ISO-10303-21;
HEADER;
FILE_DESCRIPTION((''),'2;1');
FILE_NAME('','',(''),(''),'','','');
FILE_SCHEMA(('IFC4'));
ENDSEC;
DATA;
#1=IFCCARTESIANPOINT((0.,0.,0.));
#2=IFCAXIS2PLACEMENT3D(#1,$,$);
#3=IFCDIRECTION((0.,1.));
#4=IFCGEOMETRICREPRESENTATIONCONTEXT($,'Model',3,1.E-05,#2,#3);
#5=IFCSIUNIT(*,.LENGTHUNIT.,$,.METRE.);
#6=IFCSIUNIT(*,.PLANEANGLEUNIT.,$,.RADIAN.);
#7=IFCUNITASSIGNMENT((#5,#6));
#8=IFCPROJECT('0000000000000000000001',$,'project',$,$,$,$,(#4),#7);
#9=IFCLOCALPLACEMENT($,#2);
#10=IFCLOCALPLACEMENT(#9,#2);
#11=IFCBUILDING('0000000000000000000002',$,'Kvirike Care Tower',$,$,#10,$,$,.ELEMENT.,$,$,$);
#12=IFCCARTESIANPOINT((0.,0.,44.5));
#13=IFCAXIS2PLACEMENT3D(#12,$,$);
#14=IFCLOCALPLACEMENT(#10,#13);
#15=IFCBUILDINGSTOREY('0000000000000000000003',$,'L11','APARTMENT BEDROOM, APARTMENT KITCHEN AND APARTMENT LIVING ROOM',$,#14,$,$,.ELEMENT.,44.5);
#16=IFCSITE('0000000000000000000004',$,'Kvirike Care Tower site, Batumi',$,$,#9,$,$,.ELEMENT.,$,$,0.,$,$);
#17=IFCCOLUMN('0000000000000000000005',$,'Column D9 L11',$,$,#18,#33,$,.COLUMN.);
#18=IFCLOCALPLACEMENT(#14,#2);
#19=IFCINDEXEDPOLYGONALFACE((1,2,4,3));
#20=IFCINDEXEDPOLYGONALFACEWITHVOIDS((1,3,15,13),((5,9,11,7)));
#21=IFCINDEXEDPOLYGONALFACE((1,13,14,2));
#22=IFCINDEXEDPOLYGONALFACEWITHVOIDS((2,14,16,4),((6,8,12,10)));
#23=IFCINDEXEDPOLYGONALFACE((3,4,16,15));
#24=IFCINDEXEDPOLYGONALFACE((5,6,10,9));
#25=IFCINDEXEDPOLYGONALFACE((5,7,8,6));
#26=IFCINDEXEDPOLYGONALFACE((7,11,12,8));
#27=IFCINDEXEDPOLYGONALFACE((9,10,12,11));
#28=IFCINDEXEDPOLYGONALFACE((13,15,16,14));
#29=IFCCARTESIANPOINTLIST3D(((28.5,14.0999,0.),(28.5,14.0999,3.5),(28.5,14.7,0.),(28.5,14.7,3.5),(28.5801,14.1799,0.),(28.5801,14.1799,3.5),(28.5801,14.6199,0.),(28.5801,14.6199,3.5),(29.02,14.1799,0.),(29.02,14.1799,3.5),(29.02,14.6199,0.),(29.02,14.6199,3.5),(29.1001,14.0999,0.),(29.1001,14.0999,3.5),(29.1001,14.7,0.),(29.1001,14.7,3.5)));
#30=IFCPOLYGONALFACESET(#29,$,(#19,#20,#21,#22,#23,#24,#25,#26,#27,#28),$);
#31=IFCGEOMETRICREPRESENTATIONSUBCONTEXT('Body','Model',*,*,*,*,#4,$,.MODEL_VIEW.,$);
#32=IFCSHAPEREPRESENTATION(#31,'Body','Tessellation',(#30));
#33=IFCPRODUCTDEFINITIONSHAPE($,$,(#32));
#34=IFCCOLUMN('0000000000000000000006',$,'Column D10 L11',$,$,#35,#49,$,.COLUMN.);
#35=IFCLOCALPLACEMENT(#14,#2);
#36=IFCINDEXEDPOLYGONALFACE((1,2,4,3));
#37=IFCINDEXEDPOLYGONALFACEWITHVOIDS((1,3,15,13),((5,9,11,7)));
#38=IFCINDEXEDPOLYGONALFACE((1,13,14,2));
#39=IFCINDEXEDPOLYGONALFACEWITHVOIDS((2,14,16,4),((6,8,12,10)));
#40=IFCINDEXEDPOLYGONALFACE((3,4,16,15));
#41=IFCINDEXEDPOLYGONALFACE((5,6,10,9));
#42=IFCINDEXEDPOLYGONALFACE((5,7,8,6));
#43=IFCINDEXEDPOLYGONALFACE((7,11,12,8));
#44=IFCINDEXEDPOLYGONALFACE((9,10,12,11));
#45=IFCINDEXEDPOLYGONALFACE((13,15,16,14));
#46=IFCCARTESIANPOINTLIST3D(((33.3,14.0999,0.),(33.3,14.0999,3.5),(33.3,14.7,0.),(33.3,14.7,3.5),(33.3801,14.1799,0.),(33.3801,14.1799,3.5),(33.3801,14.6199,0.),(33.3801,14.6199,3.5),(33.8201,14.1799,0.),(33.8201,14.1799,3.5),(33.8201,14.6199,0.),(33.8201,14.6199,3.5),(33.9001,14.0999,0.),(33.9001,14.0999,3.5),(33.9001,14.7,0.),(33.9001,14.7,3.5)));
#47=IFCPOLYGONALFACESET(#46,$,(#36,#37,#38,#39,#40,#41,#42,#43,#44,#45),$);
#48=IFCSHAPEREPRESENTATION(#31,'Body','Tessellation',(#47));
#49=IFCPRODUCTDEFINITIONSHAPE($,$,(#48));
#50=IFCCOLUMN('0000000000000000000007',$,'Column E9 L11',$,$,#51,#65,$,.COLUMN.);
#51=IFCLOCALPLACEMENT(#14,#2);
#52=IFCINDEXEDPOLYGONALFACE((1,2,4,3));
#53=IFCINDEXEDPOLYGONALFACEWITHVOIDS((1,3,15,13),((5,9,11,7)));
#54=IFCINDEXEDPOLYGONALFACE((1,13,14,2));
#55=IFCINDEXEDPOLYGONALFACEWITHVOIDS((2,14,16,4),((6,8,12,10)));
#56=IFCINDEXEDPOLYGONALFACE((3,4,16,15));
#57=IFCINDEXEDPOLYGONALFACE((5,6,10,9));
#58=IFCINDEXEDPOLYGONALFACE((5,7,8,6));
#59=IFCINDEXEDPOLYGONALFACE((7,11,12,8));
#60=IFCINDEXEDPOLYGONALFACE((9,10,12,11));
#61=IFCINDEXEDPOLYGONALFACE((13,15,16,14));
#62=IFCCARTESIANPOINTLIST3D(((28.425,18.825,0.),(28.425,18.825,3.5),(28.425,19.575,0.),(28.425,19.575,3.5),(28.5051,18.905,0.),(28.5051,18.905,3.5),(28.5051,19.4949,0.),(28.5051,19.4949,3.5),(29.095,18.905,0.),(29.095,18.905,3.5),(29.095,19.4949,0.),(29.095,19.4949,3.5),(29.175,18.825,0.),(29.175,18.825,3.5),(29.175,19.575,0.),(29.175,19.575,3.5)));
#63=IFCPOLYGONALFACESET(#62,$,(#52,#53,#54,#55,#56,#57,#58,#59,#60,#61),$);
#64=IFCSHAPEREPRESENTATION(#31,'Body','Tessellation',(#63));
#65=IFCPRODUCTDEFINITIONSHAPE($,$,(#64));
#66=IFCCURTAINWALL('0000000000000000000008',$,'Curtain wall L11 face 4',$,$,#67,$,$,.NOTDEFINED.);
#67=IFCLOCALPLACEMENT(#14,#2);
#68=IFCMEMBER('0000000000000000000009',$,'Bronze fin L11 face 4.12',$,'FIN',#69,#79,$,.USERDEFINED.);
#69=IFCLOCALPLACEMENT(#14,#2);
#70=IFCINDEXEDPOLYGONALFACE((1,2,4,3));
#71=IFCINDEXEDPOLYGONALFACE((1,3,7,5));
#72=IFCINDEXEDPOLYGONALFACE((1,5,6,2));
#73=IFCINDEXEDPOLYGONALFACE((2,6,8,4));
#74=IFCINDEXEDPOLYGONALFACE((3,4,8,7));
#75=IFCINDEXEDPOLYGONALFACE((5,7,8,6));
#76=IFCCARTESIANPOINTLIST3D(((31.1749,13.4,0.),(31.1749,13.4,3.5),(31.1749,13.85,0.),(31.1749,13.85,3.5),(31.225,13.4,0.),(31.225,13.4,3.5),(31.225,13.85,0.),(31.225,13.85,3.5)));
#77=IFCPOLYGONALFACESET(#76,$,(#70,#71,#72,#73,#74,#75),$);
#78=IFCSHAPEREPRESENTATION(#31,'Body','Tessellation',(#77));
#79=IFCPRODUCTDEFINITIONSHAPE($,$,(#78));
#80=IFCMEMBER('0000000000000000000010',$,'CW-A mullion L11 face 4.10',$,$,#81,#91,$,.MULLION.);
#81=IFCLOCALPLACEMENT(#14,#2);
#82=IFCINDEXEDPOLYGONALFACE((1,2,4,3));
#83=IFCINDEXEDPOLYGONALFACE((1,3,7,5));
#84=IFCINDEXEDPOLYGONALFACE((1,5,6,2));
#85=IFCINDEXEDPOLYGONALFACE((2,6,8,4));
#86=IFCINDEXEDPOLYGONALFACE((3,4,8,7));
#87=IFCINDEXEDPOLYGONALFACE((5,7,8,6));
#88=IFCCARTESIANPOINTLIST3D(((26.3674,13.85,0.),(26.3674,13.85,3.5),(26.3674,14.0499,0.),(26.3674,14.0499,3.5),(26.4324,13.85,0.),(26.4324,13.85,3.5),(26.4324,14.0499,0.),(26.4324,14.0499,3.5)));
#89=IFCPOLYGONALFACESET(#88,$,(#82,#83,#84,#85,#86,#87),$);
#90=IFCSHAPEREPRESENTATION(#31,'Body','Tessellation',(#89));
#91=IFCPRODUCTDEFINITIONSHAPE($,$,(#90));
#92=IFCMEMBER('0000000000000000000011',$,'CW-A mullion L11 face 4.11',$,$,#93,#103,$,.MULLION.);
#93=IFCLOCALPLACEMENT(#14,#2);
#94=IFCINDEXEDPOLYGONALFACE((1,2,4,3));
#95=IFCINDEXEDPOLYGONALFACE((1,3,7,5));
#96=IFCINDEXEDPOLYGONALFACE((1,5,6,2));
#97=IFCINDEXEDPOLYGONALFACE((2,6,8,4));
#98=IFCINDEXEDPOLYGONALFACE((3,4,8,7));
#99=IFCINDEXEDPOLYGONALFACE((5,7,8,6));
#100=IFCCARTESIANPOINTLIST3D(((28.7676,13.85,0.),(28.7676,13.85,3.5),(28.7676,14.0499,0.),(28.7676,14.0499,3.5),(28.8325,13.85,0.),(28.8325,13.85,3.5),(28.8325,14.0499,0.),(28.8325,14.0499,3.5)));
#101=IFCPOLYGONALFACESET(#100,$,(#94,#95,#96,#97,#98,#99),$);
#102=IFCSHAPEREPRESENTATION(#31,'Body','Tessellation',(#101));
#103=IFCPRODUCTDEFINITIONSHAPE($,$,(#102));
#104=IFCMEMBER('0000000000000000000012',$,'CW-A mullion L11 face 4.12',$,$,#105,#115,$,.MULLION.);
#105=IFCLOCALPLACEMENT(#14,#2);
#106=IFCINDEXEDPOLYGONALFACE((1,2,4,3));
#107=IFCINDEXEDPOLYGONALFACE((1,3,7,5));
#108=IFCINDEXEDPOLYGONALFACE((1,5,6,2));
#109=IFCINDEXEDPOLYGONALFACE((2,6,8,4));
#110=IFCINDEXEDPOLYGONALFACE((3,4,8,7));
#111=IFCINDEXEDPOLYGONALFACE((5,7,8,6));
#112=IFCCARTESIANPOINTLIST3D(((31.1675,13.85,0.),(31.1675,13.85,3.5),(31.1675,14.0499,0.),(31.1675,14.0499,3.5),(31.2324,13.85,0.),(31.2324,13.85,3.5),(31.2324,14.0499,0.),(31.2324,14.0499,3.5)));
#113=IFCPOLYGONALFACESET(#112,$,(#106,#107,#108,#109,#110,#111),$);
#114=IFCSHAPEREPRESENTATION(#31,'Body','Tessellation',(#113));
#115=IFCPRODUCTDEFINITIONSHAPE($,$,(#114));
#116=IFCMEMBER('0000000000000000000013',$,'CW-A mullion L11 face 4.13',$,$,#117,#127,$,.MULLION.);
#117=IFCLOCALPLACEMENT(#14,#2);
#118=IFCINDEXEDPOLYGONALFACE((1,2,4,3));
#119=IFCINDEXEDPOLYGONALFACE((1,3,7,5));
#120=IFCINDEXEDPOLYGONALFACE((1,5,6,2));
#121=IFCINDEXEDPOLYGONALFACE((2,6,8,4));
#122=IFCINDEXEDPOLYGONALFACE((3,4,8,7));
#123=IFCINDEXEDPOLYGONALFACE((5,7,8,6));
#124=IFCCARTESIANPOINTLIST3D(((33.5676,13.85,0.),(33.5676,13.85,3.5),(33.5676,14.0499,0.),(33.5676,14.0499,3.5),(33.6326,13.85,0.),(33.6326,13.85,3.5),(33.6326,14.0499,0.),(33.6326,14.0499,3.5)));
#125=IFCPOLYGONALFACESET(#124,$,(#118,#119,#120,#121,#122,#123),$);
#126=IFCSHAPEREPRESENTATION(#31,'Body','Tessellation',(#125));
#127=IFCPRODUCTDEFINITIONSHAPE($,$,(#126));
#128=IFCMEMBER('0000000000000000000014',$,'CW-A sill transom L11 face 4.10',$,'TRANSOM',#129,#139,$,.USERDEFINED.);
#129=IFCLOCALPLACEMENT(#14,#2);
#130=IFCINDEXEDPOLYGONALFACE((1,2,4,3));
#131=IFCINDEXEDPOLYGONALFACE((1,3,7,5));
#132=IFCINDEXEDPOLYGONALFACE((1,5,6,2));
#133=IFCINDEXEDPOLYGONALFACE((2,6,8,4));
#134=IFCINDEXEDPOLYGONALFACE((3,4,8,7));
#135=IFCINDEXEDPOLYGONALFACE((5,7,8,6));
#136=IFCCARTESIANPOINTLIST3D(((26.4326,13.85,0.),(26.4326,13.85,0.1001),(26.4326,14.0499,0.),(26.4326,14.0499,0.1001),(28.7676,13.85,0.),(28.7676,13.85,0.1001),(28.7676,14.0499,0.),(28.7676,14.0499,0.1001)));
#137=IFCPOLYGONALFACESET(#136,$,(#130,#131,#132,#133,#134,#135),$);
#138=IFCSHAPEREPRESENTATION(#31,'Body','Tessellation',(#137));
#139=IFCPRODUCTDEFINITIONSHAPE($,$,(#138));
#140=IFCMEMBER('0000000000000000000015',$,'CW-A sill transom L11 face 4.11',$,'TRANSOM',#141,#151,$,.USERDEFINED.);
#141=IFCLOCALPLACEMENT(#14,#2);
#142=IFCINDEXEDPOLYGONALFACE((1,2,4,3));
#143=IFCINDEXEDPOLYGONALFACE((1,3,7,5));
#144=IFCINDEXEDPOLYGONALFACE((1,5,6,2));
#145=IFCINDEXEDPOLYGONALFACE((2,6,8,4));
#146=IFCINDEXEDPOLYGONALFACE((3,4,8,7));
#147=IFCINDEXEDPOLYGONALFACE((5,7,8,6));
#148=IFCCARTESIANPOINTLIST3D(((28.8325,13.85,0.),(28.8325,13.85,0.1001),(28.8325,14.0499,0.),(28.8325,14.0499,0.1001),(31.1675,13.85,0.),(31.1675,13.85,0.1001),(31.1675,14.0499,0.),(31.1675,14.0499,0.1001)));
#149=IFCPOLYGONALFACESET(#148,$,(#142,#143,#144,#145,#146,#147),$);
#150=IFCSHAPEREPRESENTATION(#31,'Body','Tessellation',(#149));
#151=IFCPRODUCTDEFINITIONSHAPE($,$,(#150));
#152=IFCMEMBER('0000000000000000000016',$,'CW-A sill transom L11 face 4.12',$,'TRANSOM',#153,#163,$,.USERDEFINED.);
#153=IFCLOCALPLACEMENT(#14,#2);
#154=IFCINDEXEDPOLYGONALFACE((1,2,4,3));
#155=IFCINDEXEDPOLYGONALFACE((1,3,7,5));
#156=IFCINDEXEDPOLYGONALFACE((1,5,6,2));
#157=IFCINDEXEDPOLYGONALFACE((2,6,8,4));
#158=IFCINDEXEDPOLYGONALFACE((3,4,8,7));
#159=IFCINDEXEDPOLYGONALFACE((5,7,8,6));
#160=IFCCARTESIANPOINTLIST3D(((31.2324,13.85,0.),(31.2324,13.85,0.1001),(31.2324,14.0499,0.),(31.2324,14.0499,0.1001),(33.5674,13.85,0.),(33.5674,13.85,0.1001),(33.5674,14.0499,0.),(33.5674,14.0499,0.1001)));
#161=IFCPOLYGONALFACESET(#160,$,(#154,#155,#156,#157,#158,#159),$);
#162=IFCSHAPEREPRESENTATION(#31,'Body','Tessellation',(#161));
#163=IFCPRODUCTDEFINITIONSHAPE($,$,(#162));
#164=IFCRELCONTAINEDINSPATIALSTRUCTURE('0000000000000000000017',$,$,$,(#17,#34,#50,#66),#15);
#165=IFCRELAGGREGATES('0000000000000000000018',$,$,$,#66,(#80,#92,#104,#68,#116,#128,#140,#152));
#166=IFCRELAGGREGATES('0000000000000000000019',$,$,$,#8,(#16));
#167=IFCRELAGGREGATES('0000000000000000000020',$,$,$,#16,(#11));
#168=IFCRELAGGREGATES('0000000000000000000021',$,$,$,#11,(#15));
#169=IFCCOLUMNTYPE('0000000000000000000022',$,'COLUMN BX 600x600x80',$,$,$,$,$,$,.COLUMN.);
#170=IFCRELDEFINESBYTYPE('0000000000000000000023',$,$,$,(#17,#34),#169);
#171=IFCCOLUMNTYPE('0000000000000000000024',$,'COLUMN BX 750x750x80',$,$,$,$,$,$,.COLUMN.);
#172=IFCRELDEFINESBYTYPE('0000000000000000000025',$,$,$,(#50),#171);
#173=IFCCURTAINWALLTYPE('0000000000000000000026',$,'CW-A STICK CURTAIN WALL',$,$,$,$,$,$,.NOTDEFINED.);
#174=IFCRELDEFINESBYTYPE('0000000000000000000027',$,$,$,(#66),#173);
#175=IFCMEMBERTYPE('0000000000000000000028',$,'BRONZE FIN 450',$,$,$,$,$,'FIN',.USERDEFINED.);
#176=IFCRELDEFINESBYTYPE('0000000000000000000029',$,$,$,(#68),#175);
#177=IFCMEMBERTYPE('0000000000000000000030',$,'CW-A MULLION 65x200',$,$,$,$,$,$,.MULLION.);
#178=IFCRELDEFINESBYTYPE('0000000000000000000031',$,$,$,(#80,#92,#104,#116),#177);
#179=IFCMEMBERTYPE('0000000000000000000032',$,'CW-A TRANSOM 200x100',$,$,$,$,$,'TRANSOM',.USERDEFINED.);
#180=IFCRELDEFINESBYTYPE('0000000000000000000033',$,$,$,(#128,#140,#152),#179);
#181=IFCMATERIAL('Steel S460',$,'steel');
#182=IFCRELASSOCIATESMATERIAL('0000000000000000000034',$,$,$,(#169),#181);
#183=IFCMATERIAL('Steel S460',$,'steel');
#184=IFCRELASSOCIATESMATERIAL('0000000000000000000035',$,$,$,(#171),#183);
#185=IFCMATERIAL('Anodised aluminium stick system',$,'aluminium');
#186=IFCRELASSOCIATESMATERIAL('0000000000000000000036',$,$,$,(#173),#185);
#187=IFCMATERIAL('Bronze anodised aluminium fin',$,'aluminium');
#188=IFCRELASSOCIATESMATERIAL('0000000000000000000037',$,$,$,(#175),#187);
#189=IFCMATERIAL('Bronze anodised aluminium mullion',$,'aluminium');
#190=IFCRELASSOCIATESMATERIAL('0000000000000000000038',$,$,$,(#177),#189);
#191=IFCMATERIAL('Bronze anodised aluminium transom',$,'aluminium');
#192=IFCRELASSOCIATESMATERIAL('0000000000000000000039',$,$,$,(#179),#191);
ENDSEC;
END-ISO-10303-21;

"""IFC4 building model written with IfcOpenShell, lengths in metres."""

from ifc_helpers import new_model, si_unit, direction, frame, origin, origin_2d, place, context, subcontext, project, spatial, rectangle, hollow_rectangle, extrude, material, material_profile, profile_set, type_object, element, aggregate, save


model = new_model("IFC4")

# Units and contexts
model_context = context("Model", 3, precision=1e-05, world=origin(), true_north=direction((0.0, 1.0)))
body_context = subcontext(model_context, "Body", "Model", "MODEL_VIEW")
ifc_project = project(units=[si_unit("LENGTHUNIT", "METRE"), si_unit("PLANEANGLEUNIT", "RADIAN")], contexts=[model_context])

# Site, building, storey
site_placement = place(None, origin())
site = spatial("IfcSite", under=ifc_project, at=site_placement, Name="Kvirike Care Tower site, Batumi", CompositionType="ELEMENT", RefElevation=0.0)
building_placement = place(site_placement, origin())
building = spatial("IfcBuilding", under=site, at=building_placement, Name="Kvirike Care Tower", CompositionType="ELEMENT")
storey_placement = place(building_placement, frame((0.0, 0.0, 44.5)))
storey = spatial("IfcBuildingStorey", under=building, at=storey_placement, Name="L11", Description="APARTMENT BEDROOM, APARTMENT KITCHEN AND APARTMENT LIVING ROOM", CompositionType="ELEMENT", Elevation=44.5)

# Columns
ifc_material_1 = material(Name="Steel S460", Category="steel")
ifc_material_profile_1 = material_profile(ifc_material_1, hollow_rectangle(XDim=0.6001, YDim=0.6001, WallThickness=0.0801, at=origin_2d()), Name="BX 600x600x80")
ifc_profile_set_1 = profile_set([ifc_material_profile_1], Name="Steel S460")
column_type_1 = type_object("IfcColumnType", Name="COLUMN BX 600x600x80", PredefinedType="COLUMN", material=ifc_profile_set_1)
for number, where, z_axis, x_axis, name in (
    (1, (28.8, 14.3999, 0.0), (0.0, 0.0, 1.0), (0.0, 1.0, 0.0), "Column D9 L11"),
    (2, (33.6001, 14.3999, 0.0), (0.0, 0.0, 1.0), (0.0, 1.0, 0.0), "Column D10 L11"),
):
    element("IfcColumn", number, at=place(storey_placement, frame(where, z_axis=z_axis, x_axis=x_axis)), inside=storey, type_object=column_type_1, Name=name, PredefinedType="COLUMN", context=body_context, shape_type="SweptSolid", body=[
        extrude(hollow_rectangle(XDim=0.6001, YDim=0.6001, WallThickness=0.0801, at=origin_2d()), origin(), (0.0, 0.0, 1.0), 3.5),
    ])
ifc_material_2 = material(Name="Steel S460", Category="steel")
ifc_material_profile_2 = material_profile(ifc_material_2, hollow_rectangle(XDim=0.75, YDim=0.75, WallThickness=0.0801, at=origin_2d()), Name="BX 750x750x80")
ifc_profile_set_2 = profile_set([ifc_material_profile_2], Name="Steel S460")
column_type_2 = type_object("IfcColumnType", Name="COLUMN BX 750x750x80", PredefinedType="COLUMN", material=ifc_profile_set_2)
column_placement = place(storey_placement, frame((28.8, 19.2, 0.0), z_axis=(0.0, 0.0, 1.0), x_axis=(1.0, 0.0, 0.0)))
element("IfcColumn", 3, at=column_placement, inside=storey, type_object=column_type_2, Name="Column E9 L11", PredefinedType="COLUMN", context=body_context, shape_type="SweptSolid", body=[
    extrude(hollow_rectangle(XDim=0.75, YDim=0.75, WallThickness=0.0801, at=origin_2d()), origin(), (0.0, 0.0, 1.0), 3.5),
])

# Curtain wall, members
ifc_material_3 = material(Name="Anodised aluminium stick system", Category="aluminium")
curtain_wall_type = type_object("IfcCurtainWallType", Name="CW-A STICK CURTAIN WALL", PredefinedType="NOTDEFINED", material=ifc_material_3)
curtain_wall_placement = place(storey_placement, origin())
curtain_wall = element("IfcCurtainWall", 4, at=curtain_wall_placement, inside=storey, type_object=curtain_wall_type, Name="Curtain wall L11 face 4", PredefinedType="NOTDEFINED")
ifc_material_4 = material(Name="Bronze anodised aluminium fin", Category="aluminium")
ifc_material_profile_3 = material_profile(ifc_material_4, rectangle(XDim=0.05, YDim=0.45, at=origin_2d()), Name="BRONZE FIN 450")
ifc_profile_set_3 = profile_set([ifc_material_profile_3], Name="Bronze anodised aluminium fin")
member_type_1 = type_object("IfcMemberType", Name="BRONZE FIN 450", ElementType="FIN", PredefinedType="USERDEFINED", material=ifc_profile_set_3)
member_1_placement = place(storey_placement, frame((31.2, 13.625, 0.0), z_axis=(0.0, 0.0, 1.0), x_axis=(1.0, 0.0, 0.0)))
member_1 = element("IfcMember", 5, at=member_1_placement, type_object=member_type_1, Name="Bronze fin L11 face 4.12", ObjectType="FIN", PredefinedType="USERDEFINED", context=body_context, shape_type="SweptSolid", body=[
    extrude(rectangle(XDim=0.05, YDim=0.45, at=origin_2d()), origin(), (0.0, 0.0, 1.0), 3.5),
])
ifc_material_5 = material(Name="Bronze anodised aluminium mullion", Category="aluminium")
ifc_material_profile_4 = material_profile(ifc_material_5, rectangle(XDim=0.0649, YDim=0.2, at=origin_2d()), Name="CW-A MULLION 65x200")
ifc_profile_set_4 = profile_set([ifc_material_profile_4], Name="Bronze anodised aluminium mullion")
member_type_2 = type_object("IfcMemberType", Name="CW-A MULLION 65x200", PredefinedType="MULLION", material=ifc_profile_set_4)
member_2_placement = place(storey_placement, frame((26.3999, 13.95, 0.0), z_axis=(0.0, 0.0, 1.0), x_axis=(1.0, 0.0, 0.0)))
member_2 = element("IfcMember", 6, at=member_2_placement, type_object=member_type_2, Name="CW-A mullion L11 face 4.10", PredefinedType="MULLION", context=body_context, shape_type="SweptSolid", body=[
    extrude(rectangle(XDim=0.0649, YDim=0.2, at=origin_2d()), origin(), (0.0, 0.0, 1.0), 3.5),
])
member_3_placement = place(storey_placement, frame((28.8, 13.95, 0.0), z_axis=(0.0, 0.0, 1.0), x_axis=(1.0, 0.0, 0.0)))
member_3 = element("IfcMember", 7, at=member_3_placement, type_object=member_type_2, Name="CW-A mullion L11 face 4.11", PredefinedType="MULLION", context=body_context, shape_type="SweptSolid", body=[
    extrude(rectangle(XDim=0.0649, YDim=0.2, at=origin_2d()), origin(), (0.0, 0.0, 1.0), 3.5),
])
member_4_placement = place(storey_placement, frame((31.2, 13.95, 0.0), z_axis=(0.0, 0.0, 1.0), x_axis=(1.0, 0.0, 0.0)))
member_4 = element("IfcMember", 8, at=member_4_placement, type_object=member_type_2, Name="CW-A mullion L11 face 4.12", PredefinedType="MULLION", context=body_context, shape_type="SweptSolid", body=[
    extrude(rectangle(XDim=0.0649, YDim=0.2, at=origin_2d()), origin(), (0.0, 0.0, 1.0), 3.5),
])
member_5_placement = place(storey_placement, frame((33.6001, 13.95, 0.0), z_axis=(0.0, 0.0, 1.0), x_axis=(1.0, 0.0, 0.0)))
member_5 = element("IfcMember", 9, at=member_5_placement, type_object=member_type_2, Name="CW-A mullion L11 face 4.13", PredefinedType="MULLION", context=body_context, shape_type="SweptSolid", body=[
    extrude(rectangle(XDim=0.0649, YDim=0.2, at=origin_2d()), origin(), (0.0, 0.0, 1.0), 3.5),
])
ifc_material_6 = material(Name="Bronze anodised aluminium transom", Category="aluminium")
ifc_material_profile_5 = material_profile(ifc_material_6, rectangle(XDim=0.2, YDim=0.1001, at=origin_2d()), Name="CW-A TRANSOM 200x100")
ifc_profile_set_5 = profile_set([ifc_material_profile_5], Name="Bronze anodised aluminium transom")
member_type_3 = type_object("IfcMemberType", Name="CW-A TRANSOM 200x100", ElementType="TRANSOM", PredefinedType="USERDEFINED", material=ifc_profile_set_5)
member_6_placement = place(storey_placement, frame((26.4326, 13.95, 0.05), z_axis=(1.0, 0.0, 0.0), x_axis=(0.0, 1.0, 0.0)))
member_6 = element("IfcMember", 10, at=member_6_placement, type_object=member_type_3, Name="CW-A sill transom L11 face 4.10", ObjectType="TRANSOM", PredefinedType="USERDEFINED", context=body_context, shape_type="SweptSolid", body=[
    extrude(rectangle(XDim=0.2, YDim=0.1001, at=origin_2d()), origin(), (0.0, 0.0, 1.0), 2.335),
])
member_7_placement = place(storey_placement, frame((28.8325, 13.95, 0.05), z_axis=(1.0, 0.0, 0.0), x_axis=(0.0, 1.0, 0.0)))
member_7 = element("IfcMember", 11, at=member_7_placement, type_object=member_type_3, Name="CW-A sill transom L11 face 4.11", ObjectType="TRANSOM", PredefinedType="USERDEFINED", context=body_context, shape_type="SweptSolid", body=[
    extrude(rectangle(XDim=0.2, YDim=0.1001, at=origin_2d()), origin(), (0.0, 0.0, 1.0), 2.335),
])
member_8_placement = place(storey_placement, frame((31.2324, 13.95, 0.05), z_axis=(1.0, 0.0, 0.0), x_axis=(0.0, 1.0, 0.0)))
member_8 = element("IfcMember", 12, at=member_8_placement, type_object=member_type_3, Name="CW-A sill transom L11 face 4.12", ObjectType="TRANSOM", PredefinedType="USERDEFINED", context=body_context, shape_type="SweptSolid", body=[
    extrude(rectangle(XDim=0.2, YDim=0.1001, at=origin_2d()), origin(), (0.0, 0.0, 1.0), 2.335),
])

aggregate(curtain_wall, [member_2, member_3, member_4, member_1, member_5, member_6, member_7, member_8])

save(model, "model.ifc")
